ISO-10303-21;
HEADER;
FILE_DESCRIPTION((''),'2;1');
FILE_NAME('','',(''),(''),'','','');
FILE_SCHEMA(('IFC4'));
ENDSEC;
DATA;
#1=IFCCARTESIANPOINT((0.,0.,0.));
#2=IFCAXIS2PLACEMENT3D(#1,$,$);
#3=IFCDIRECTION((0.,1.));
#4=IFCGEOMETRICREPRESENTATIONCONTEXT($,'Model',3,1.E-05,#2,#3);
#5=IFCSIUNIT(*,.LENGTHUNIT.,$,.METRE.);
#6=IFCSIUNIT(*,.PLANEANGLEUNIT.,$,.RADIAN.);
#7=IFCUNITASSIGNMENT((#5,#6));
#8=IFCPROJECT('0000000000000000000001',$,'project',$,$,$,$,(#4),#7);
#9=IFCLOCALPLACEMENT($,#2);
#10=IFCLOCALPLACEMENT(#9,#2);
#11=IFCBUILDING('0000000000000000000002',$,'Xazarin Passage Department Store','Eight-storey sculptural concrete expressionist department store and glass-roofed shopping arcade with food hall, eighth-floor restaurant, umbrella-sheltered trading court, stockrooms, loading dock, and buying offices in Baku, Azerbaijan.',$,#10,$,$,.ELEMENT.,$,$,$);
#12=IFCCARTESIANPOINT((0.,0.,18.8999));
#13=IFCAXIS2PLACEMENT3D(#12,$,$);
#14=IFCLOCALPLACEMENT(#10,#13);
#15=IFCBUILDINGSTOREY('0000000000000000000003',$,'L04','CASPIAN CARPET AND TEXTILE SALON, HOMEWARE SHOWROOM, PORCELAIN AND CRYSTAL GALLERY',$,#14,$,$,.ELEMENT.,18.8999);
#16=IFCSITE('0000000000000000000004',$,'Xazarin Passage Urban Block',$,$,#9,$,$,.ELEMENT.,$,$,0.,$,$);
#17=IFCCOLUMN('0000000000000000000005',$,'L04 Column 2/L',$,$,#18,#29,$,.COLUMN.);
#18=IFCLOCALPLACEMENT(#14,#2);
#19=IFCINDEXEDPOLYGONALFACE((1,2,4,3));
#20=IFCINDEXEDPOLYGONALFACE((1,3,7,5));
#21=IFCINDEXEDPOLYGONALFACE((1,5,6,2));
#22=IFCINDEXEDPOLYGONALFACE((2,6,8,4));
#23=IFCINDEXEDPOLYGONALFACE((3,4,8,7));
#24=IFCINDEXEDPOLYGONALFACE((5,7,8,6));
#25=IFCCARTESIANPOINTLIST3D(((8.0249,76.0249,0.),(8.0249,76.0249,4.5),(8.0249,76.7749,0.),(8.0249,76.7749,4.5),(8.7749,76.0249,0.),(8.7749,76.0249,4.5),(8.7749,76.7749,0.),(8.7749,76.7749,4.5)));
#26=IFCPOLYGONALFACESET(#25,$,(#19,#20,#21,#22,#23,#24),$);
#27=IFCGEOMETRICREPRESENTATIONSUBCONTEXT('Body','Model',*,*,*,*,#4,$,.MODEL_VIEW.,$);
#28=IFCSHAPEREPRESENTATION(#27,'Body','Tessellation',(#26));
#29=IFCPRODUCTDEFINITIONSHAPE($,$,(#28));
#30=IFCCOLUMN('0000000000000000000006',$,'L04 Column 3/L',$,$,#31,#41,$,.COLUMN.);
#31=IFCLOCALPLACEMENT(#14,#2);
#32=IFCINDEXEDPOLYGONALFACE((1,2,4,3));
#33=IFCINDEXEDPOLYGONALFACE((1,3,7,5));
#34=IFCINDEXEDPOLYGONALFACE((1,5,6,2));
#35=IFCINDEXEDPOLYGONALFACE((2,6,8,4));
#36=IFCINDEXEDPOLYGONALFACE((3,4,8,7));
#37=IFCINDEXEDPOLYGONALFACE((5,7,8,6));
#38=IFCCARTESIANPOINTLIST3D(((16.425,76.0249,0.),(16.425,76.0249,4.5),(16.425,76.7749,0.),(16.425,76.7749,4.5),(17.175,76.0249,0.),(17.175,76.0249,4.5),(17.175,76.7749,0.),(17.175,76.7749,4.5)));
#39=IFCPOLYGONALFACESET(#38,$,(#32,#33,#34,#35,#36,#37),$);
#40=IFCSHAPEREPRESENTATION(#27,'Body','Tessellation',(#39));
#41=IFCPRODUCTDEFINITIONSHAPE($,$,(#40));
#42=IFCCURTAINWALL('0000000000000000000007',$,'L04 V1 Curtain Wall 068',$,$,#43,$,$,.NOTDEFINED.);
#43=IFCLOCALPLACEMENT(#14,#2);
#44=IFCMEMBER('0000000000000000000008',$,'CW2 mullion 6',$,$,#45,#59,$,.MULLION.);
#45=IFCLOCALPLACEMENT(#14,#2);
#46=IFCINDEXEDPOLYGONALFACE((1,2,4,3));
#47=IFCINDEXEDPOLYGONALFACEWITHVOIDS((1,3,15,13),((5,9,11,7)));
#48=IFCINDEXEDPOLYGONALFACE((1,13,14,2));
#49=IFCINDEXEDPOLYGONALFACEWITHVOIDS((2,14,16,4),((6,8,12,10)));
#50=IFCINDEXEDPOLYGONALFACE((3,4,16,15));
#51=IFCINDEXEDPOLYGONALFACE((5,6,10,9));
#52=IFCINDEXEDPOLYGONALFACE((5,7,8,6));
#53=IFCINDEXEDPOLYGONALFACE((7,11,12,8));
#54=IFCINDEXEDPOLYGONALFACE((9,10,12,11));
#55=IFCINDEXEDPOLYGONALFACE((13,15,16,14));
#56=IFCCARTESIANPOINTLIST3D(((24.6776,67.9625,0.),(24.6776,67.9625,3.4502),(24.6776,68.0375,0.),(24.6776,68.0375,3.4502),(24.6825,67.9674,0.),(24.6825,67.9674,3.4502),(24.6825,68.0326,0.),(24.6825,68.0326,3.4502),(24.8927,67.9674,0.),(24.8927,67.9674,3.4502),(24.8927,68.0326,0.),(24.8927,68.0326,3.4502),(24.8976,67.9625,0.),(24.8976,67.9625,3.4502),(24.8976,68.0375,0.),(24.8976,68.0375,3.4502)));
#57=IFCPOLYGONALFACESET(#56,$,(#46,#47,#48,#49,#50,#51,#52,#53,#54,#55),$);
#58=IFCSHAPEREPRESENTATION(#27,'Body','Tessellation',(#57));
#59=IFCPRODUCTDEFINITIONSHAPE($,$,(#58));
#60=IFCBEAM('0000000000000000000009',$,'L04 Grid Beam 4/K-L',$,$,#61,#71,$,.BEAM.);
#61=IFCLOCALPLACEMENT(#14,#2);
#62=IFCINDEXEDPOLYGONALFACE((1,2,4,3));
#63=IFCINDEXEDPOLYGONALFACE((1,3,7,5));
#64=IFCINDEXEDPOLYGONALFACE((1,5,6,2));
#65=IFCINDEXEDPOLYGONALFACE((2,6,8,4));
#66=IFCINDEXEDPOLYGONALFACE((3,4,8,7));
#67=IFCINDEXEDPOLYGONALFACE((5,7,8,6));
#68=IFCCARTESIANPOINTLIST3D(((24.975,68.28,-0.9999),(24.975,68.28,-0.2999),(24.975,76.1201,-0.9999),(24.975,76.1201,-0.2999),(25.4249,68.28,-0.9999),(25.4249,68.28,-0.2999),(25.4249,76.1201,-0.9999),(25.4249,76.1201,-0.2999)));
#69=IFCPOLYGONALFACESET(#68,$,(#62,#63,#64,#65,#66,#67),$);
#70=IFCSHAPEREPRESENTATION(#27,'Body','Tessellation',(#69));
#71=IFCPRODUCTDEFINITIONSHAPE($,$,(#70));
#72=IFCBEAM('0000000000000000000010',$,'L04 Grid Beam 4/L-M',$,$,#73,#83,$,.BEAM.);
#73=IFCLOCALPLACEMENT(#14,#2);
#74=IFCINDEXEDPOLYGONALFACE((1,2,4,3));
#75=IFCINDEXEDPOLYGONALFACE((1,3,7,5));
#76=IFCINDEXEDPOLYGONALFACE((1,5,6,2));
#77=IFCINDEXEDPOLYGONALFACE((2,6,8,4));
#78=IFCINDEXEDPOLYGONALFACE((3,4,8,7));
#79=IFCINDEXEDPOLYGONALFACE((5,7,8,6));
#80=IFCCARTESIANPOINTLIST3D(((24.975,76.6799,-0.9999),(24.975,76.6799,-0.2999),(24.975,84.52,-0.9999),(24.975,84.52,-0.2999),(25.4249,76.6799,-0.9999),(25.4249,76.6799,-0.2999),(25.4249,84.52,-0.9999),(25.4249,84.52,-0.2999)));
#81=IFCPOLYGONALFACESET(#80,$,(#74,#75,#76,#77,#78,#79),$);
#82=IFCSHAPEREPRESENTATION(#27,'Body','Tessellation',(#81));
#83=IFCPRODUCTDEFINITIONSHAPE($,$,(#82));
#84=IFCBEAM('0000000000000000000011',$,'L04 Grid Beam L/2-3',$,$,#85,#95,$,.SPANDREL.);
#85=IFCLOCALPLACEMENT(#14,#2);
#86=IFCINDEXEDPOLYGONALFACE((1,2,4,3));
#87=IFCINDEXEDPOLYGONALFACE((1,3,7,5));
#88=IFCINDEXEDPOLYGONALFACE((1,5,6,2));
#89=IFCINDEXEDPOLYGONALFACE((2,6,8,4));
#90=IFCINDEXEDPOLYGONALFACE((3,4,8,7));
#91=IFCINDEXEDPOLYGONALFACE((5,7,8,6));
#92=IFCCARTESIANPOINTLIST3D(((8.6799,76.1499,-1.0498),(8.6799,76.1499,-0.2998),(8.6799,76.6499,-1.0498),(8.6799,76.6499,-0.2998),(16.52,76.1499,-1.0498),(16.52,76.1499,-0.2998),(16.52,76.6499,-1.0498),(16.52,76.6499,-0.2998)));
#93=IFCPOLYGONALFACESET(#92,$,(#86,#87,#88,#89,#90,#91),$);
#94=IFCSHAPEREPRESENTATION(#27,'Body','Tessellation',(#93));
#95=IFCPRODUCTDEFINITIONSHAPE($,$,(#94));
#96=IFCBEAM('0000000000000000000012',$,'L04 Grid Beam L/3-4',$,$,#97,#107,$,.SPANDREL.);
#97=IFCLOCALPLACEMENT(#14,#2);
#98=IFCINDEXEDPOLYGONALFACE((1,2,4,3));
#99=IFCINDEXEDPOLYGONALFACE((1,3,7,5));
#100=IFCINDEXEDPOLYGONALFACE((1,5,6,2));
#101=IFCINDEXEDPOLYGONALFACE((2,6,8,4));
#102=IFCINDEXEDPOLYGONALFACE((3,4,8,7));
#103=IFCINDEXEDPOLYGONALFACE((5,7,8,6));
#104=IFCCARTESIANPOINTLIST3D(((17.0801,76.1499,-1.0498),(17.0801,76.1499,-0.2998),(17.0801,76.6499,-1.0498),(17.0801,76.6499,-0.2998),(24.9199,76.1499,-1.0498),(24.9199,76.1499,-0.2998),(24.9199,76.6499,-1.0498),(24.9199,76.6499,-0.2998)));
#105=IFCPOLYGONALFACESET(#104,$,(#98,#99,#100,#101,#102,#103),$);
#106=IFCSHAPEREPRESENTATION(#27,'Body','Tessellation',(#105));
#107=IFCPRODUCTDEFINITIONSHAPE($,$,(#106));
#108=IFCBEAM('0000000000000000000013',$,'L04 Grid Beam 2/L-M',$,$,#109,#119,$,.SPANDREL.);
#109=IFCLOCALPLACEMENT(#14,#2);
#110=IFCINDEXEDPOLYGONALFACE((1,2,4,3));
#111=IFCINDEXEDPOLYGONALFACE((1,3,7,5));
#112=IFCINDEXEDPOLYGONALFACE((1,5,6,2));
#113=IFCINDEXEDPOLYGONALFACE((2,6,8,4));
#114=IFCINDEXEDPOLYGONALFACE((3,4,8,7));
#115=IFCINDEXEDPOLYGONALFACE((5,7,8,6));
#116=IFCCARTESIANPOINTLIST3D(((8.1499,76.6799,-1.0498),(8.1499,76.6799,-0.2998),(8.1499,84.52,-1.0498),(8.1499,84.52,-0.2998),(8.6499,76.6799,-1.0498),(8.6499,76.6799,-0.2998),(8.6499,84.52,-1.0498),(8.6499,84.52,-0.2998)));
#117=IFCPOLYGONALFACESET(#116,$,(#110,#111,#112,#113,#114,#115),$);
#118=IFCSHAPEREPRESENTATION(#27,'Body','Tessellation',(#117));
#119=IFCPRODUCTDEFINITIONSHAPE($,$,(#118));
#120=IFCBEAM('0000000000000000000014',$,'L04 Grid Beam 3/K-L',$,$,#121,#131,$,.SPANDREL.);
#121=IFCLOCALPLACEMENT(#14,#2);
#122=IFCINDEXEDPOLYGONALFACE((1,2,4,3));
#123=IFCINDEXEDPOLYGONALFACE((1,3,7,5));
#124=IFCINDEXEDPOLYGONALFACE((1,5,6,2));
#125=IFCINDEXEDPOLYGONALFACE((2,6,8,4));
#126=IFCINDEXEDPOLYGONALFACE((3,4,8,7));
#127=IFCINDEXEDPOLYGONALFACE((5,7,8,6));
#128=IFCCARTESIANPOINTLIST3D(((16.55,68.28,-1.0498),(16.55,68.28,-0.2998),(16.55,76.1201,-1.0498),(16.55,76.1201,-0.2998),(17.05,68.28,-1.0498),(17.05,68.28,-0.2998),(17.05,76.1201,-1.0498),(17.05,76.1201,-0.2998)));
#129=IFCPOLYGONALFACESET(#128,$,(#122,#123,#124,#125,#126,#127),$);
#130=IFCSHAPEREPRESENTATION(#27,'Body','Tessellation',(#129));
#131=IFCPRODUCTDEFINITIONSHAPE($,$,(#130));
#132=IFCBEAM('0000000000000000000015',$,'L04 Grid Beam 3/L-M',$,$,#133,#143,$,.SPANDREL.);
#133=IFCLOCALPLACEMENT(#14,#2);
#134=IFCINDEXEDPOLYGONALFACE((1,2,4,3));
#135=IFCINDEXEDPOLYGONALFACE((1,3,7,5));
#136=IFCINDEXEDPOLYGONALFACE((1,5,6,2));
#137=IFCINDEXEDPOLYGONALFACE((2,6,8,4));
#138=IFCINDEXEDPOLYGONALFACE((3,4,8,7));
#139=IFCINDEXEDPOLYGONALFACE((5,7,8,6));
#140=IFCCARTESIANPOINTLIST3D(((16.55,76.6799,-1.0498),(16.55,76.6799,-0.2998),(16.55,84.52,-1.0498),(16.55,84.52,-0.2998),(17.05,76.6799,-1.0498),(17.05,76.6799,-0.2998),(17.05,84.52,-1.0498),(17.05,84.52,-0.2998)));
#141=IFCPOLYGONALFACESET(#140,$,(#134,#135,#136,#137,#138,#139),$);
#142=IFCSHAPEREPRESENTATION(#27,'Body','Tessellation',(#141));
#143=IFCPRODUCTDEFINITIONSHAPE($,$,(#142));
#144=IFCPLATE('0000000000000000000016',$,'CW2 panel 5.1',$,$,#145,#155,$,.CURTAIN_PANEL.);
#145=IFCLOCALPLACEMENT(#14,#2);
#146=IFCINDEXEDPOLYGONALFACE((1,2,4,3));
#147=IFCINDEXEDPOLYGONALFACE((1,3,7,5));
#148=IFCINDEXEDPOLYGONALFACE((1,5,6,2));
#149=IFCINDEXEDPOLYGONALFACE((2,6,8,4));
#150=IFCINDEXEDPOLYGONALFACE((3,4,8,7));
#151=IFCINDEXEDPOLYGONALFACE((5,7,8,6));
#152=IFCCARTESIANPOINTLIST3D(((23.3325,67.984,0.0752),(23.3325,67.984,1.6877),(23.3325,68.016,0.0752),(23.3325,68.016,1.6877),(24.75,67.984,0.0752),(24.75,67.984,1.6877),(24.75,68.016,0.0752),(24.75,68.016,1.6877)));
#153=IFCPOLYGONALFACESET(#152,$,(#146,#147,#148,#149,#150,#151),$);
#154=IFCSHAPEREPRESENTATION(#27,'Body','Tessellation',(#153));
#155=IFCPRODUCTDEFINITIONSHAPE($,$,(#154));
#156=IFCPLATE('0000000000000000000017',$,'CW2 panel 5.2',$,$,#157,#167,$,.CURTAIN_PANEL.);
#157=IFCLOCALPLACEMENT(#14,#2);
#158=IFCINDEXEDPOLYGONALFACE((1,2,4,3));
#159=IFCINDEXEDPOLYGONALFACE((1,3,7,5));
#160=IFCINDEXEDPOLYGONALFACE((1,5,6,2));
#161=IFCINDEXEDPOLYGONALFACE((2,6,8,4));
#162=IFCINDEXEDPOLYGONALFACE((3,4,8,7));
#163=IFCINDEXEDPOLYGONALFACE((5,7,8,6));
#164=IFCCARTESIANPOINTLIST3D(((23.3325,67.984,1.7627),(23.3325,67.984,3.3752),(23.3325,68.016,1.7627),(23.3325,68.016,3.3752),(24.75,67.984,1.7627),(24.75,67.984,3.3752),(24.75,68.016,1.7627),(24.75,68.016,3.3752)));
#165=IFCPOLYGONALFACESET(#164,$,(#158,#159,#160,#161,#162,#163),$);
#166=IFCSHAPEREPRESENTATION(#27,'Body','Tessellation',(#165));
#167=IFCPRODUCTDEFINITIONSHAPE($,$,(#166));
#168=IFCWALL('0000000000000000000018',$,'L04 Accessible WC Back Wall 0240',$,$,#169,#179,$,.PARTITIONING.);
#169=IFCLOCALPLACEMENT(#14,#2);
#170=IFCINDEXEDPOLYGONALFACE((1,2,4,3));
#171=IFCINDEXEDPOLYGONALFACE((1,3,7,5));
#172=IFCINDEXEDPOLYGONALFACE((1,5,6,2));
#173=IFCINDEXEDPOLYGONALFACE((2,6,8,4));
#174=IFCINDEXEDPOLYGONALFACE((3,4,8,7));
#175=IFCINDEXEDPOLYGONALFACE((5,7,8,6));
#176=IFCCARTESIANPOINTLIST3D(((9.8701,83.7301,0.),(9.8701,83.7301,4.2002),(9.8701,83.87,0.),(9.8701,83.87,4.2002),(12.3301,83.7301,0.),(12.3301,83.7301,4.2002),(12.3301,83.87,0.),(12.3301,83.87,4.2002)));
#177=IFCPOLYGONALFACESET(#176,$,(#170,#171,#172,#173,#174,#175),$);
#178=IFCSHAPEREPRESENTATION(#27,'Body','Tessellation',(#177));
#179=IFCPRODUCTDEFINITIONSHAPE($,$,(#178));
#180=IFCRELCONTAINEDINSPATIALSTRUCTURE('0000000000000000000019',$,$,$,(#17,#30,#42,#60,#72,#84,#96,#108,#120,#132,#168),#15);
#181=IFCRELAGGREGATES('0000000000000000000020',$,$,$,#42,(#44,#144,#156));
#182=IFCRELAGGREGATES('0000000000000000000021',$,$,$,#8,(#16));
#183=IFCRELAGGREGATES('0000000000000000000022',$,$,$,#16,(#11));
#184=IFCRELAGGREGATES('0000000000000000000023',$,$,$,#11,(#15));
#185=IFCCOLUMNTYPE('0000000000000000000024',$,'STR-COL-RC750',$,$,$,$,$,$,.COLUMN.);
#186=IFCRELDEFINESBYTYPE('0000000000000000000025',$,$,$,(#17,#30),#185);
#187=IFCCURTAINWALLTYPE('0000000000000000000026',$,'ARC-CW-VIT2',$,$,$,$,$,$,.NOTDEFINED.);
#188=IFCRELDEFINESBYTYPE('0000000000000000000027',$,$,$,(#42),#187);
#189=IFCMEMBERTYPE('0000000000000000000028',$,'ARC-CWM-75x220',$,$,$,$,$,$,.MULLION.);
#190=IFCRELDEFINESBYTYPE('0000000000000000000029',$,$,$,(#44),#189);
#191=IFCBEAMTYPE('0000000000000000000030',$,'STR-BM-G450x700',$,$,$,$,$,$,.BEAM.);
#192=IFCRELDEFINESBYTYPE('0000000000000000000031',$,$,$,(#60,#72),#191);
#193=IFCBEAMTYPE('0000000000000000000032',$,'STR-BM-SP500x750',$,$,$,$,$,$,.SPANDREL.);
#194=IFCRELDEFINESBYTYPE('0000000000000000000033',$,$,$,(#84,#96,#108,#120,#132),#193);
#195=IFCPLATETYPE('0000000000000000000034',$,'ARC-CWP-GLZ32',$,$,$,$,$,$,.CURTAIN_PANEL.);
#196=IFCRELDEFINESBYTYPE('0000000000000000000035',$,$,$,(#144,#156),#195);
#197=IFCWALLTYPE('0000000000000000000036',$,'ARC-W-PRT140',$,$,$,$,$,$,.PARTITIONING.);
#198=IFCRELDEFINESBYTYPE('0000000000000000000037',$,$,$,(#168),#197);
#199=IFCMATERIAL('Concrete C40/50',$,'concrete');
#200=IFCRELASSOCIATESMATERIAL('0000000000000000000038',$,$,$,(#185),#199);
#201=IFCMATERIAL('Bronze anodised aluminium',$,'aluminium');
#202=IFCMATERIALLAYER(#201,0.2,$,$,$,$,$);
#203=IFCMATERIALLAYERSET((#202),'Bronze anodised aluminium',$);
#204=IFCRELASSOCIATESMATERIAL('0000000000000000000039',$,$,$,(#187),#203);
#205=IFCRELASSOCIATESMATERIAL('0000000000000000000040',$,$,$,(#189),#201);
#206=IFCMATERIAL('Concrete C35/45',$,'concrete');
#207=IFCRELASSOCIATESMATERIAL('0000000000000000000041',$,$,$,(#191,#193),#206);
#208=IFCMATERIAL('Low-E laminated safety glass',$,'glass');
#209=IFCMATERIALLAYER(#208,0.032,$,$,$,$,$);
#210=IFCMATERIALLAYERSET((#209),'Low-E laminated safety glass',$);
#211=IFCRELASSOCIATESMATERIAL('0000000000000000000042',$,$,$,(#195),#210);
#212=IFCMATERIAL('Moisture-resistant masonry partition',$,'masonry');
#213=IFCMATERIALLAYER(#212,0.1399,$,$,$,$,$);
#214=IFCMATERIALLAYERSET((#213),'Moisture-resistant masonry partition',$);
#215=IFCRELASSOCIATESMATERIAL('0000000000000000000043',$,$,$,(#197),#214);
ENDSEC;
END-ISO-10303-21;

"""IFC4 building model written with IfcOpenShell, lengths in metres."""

from ifc_helpers import new_model, si_unit, direction, frame, frame_2d, origin, origin_2d, place, context, subcontext, project, spatial, rectangle, hollow_rectangle, extrude, material, layer, layer_set, material_profile, profile_set, type_object, element, aggregate, save


model = new_model("IFC4")

# Units and contexts
model_context = context("Model", 3, precision=1e-05, world=origin(), true_north=direction((0.0, 1.0)))
body_context = subcontext(model_context, "Body", "Model", "MODEL_VIEW")
ifc_project = project(units=[si_unit("LENGTHUNIT", "METRE"), si_unit("PLANEANGLEUNIT", "RADIAN")], contexts=[model_context])

# Site, building, storey
site_placement = place(None, origin())
site = spatial("IfcSite", under=ifc_project, at=site_placement, Name="Xazarin Passage Urban Block", CompositionType="ELEMENT", RefElevation=0.0)
building_placement = place(site_placement, origin())
building = spatial("IfcBuilding", under=site, at=building_placement, Name="Xazarin Passage Department Store", Description="Eight-storey sculptural concrete expressionist department store and glass-roofed shopping arcade with food hall, eighth-floor restaurant, umbrella-sheltered trading court, stockrooms, loading dock, and buying offices in Baku, Azerbaijan.", CompositionType="ELEMENT")
storey_placement = place(building_placement, frame((0.0, 0.0, 18.8999)))
storey = spatial("IfcBuildingStorey", under=building, at=storey_placement, Name="L04", Description="CASPIAN CARPET AND TEXTILE SALON, HOMEWARE SHOWROOM, PORCELAIN AND CRYSTAL GALLERY", CompositionType="ELEMENT", Elevation=18.8999)

# Columns
ifc_material_1 = material(Name="Concrete C40/50", Category="concrete")
ifc_material_profile_1 = material_profile(ifc_material_1, rectangle(XDim=0.75, YDim=0.75, at=origin_2d()), Name="RC 750x750")
ifc_profile_set_1 = profile_set([ifc_material_profile_1], Name="Concrete C40/50")
column_type = type_object("IfcColumnType", Name="STR-COL-RC750", PredefinedType="COLUMN", material=ifc_profile_set_1)
for number, where, z_axis, x_axis, name in (
    (1, (8.3999, 76.3999, 0.0), (0.0, 0.0, 1.0), (1.0, 0.0, 0.0), "L04 Column 2/L"),
    (2, (16.8, 76.3999, 0.0), (0.0, 0.0, 1.0), (1.0, 0.0, 0.0), "L04 Column 3/L"),
):
    element("IfcColumn", number, at=place(storey_placement, frame(where, z_axis=z_axis, x_axis=x_axis)), inside=storey, type_object=column_type, Name=name, PredefinedType="COLUMN", context=body_context, shape_type="SweptSolid", body=[
        extrude(rectangle(XDim=0.75, YDim=0.75, at=origin_2d()), origin(), (0.0, 0.0, 1.0), 4.5),
    ])

# Curtain wall, member
ifc_material_2 = material(Name="Bronze anodised aluminium", Category="aluminium")
ifc_layer_1 = layer(ifc_material_2, 0.2)
ifc_layer_set_1 = layer_set([ifc_layer_1], Name="Bronze anodised aluminium")
curtain_wall_type = type_object("IfcCurtainWallType", Name="ARC-CW-VIT2", PredefinedType="NOTDEFINED", material=ifc_layer_set_1)
curtain_wall_placement = place(storey_placement, origin())
curtain_wall = element("IfcCurtainWall", 3, at=curtain_wall_placement, inside=storey, type_object=curtain_wall_type, Name="L04 V1 Curtain Wall 068", PredefinedType="NOTDEFINED")
ifc_material_profile_2 = material_profile(ifc_material_2, hollow_rectangle(XDim=0.075, YDim=0.22, WallThickness=0.0049, at=origin_2d()), Name="ALU 75x220")
ifc_profile_set_2 = profile_set([ifc_material_profile_2], Name="Bronze anodised aluminium")
member_type = type_object("IfcMemberType", Name="ARC-CWM-75x220", PredefinedType="MULLION", material=ifc_profile_set_2)
member_placement = place(storey_placement, frame((24.7876, 68.0, 0.0), z_axis=(0.0, 0.0, 1.0), x_axis=(0.0, 1.0, 0.0)))
member = element("IfcMember", 4, at=member_placement, type_object=member_type, Name="CW2 mullion 6", PredefinedType="MULLION", context=body_context, shape_type="SweptSolid", body=[
    extrude(hollow_rectangle(XDim=0.075, YDim=0.22, WallThickness=0.0049, at=origin_2d()), origin(), (0.0, 0.0, 1.0), 3.4502),
])

# Beams
ifc_material_3 = material(Name="Concrete C35/45", Category="concrete")
ifc_material_profile_3 = material_profile(ifc_material_3, rectangle(XDim=0.45, YDim=0.7, at=origin_2d()), Name="RC 450x700")
ifc_profile_set_3 = profile_set([ifc_material_profile_3], Name="Concrete C35/45")
beam_type_1 = type_object("IfcBeamType", Name="STR-BM-G450x700", PredefinedType="BEAM", material=ifc_profile_set_3)
for number, where, z_axis, x_axis, name in (
    (5, (25.2, 68.28, -0.6499), (0.0, 1.0, 0.0), (-1.0, 0.0, 0.0), "L04 Grid Beam 4/K-L"),
    (6, (25.2, 76.6799, -0.6499), (0.0, 1.0, 0.0), (-1.0, 0.0, 0.0), "L04 Grid Beam 4/L-M"),
):
    element("IfcBeam", number, at=place(storey_placement, frame(where, z_axis=z_axis, x_axis=x_axis)), inside=storey, type_object=beam_type_1, Name=name, PredefinedType="BEAM", context=body_context, shape_type="SweptSolid", body=[
        extrude(rectangle(XDim=0.45, YDim=0.7, at=origin_2d()), origin(), (0.0, 0.0, 1.0), 7.8401),
    ])
ifc_material_profile_4 = material_profile(ifc_material_3, rectangle(XDim=0.5, YDim=0.75, at=origin_2d()), Name="RC 500x750")
ifc_profile_set_4 = profile_set([ifc_material_profile_4], Name="Concrete C35/45")
beam_type_2 = type_object("IfcBeamType", Name="STR-BM-SP500x750", PredefinedType="SPANDREL", material=ifc_profile_set_4)
beam_1_placement = place(storey_placement, frame((8.6799, 76.3999, -0.6748), z_axis=(1.0, 0.0, 0.0), x_axis=(0.0, 1.0, 0.0)))
element("IfcBeam", 7, at=beam_1_placement, inside=storey, type_object=beam_type_2, Name="L04 Grid Beam L/2-3", PredefinedType="SPANDREL", context=body_context, shape_type="SweptSolid", body=[
    extrude(rectangle(XDim=0.5, YDim=0.75, at=origin_2d()), origin(), (0.0, 0.0, 1.0), 7.8401),
])
beam_2_placement = place(storey_placement, frame((17.0801, 76.3999, -0.6748), z_axis=(1.0, 0.0, 0.0), x_axis=(0.0, 1.0, 0.0)))
element("IfcBeam", 8, at=beam_2_placement, inside=storey, type_object=beam_type_2, Name="L04 Grid Beam L/3-4", PredefinedType="SPANDREL", context=body_context, shape_type="SweptSolid", body=[
    extrude(rectangle(XDim=0.5, YDim=0.75, at=origin_2d()), origin(), (0.0, 0.0, 1.0), 7.8398),
])
for number, where, z_axis, x_axis, name in (
    (9, (8.3999, 76.6799, -0.6748), (0.0, 1.0, 0.0), (-1.0, 0.0, 0.0), "L04 Grid Beam 2/L-M"),
    (10, (16.8, 68.28, -0.6748), (0.0, 1.0, 0.0), (-1.0, 0.0, 0.0), "L04 Grid Beam 3/K-L"),
    (11, (16.8, 76.6799, -0.6748), (0.0, 1.0, 0.0), (-1.0, 0.0, 0.0), "L04 Grid Beam 3/L-M"),
):
    element("IfcBeam", number, at=place(storey_placement, frame(where, z_axis=z_axis, x_axis=x_axis)), inside=storey, type_object=beam_type_2, Name=name, PredefinedType="SPANDREL", context=body_context, shape_type="SweptSolid", body=[
        extrude(rectangle(XDim=0.5, YDim=0.75, at=origin_2d()), origin(), (0.0, 0.0, 1.0), 7.8401),
    ])

# Plates
ifc_material_4 = material(Name="Low-E laminated safety glass", Category="glass")
ifc_layer_2 = layer(ifc_material_4, 0.032)
ifc_layer_set_2 = layer_set([ifc_layer_2], Name="Low-E laminated safety glass")
plate_type = type_object("IfcPlateType", Name="ARC-CWP-GLZ32", PredefinedType="CURTAIN_PANEL", material=ifc_layer_set_2)
plate_1_placement = place(storey_placement, frame((24.0413, 68.0, 0.0752), z_axis=(0.0, 0.0, 1.0), x_axis=(1.0, 0.0, 0.0)))
plate_1 = element("IfcPlate", 12, at=plate_1_placement, type_object=plate_type, Name="CW2 panel 5.1", PredefinedType="CURTAIN_PANEL", context=body_context, shape_type="SweptSolid", body=[
    extrude(rectangle(XDim=1.4175, YDim=0.032, at=origin_2d()), origin(), (0.0, 0.0, 1.0), 1.6125),
])
plate_2_placement = place(storey_placement, frame((24.0413, 68.0, 1.7627), z_axis=(0.0, 0.0, 1.0), x_axis=(1.0, 0.0, 0.0)))
plate_2 = element("IfcPlate", 13, at=plate_2_placement, type_object=plate_type, Name="CW2 panel 5.2", PredefinedType="CURTAIN_PANEL", context=body_context, shape_type="SweptSolid", body=[
    extrude(rectangle(XDim=1.4175, YDim=0.032, at=origin_2d()), origin(), (0.0, 0.0, 1.0), 1.6125),
])
aggregate(curtain_wall, [member, plate_1, plate_2])

# Wall
ifc_material_5 = material(Name="Moisture-resistant masonry partition", Category="masonry")
ifc_layer_3 = layer(ifc_material_5, 0.1399)
ifc_layer_set_3 = layer_set([ifc_layer_3], Name="Moisture-resistant masonry partition")
wall_type_1 = type_object("IfcWallType", Name="ARC-W-PRT140", PredefinedType="PARTITIONING", material=ifc_layer_set_3)
wall_1_placement = place(storey_placement, frame((9.8701, 83.8, 0.0), z_axis=(0.0, 0.0, 1.0), x_axis=(1.0, 0.0, 0.0)))
element("IfcWall", 14, at=wall_1_placement, inside=storey, type_object=wall_type_1, Name="L04 Accessible WC Back Wall 0240", PredefinedType="PARTITIONING", context=body_context, shape_type="SweptSolid", body=[
    extrude(rectangle(XDim=2.46, YDim=0.1399, at=frame_2d((1.23, 0.0))), origin(), (0.0, 0.0, 1.0), 4.2002),
])

save(model, "model.ifc")
